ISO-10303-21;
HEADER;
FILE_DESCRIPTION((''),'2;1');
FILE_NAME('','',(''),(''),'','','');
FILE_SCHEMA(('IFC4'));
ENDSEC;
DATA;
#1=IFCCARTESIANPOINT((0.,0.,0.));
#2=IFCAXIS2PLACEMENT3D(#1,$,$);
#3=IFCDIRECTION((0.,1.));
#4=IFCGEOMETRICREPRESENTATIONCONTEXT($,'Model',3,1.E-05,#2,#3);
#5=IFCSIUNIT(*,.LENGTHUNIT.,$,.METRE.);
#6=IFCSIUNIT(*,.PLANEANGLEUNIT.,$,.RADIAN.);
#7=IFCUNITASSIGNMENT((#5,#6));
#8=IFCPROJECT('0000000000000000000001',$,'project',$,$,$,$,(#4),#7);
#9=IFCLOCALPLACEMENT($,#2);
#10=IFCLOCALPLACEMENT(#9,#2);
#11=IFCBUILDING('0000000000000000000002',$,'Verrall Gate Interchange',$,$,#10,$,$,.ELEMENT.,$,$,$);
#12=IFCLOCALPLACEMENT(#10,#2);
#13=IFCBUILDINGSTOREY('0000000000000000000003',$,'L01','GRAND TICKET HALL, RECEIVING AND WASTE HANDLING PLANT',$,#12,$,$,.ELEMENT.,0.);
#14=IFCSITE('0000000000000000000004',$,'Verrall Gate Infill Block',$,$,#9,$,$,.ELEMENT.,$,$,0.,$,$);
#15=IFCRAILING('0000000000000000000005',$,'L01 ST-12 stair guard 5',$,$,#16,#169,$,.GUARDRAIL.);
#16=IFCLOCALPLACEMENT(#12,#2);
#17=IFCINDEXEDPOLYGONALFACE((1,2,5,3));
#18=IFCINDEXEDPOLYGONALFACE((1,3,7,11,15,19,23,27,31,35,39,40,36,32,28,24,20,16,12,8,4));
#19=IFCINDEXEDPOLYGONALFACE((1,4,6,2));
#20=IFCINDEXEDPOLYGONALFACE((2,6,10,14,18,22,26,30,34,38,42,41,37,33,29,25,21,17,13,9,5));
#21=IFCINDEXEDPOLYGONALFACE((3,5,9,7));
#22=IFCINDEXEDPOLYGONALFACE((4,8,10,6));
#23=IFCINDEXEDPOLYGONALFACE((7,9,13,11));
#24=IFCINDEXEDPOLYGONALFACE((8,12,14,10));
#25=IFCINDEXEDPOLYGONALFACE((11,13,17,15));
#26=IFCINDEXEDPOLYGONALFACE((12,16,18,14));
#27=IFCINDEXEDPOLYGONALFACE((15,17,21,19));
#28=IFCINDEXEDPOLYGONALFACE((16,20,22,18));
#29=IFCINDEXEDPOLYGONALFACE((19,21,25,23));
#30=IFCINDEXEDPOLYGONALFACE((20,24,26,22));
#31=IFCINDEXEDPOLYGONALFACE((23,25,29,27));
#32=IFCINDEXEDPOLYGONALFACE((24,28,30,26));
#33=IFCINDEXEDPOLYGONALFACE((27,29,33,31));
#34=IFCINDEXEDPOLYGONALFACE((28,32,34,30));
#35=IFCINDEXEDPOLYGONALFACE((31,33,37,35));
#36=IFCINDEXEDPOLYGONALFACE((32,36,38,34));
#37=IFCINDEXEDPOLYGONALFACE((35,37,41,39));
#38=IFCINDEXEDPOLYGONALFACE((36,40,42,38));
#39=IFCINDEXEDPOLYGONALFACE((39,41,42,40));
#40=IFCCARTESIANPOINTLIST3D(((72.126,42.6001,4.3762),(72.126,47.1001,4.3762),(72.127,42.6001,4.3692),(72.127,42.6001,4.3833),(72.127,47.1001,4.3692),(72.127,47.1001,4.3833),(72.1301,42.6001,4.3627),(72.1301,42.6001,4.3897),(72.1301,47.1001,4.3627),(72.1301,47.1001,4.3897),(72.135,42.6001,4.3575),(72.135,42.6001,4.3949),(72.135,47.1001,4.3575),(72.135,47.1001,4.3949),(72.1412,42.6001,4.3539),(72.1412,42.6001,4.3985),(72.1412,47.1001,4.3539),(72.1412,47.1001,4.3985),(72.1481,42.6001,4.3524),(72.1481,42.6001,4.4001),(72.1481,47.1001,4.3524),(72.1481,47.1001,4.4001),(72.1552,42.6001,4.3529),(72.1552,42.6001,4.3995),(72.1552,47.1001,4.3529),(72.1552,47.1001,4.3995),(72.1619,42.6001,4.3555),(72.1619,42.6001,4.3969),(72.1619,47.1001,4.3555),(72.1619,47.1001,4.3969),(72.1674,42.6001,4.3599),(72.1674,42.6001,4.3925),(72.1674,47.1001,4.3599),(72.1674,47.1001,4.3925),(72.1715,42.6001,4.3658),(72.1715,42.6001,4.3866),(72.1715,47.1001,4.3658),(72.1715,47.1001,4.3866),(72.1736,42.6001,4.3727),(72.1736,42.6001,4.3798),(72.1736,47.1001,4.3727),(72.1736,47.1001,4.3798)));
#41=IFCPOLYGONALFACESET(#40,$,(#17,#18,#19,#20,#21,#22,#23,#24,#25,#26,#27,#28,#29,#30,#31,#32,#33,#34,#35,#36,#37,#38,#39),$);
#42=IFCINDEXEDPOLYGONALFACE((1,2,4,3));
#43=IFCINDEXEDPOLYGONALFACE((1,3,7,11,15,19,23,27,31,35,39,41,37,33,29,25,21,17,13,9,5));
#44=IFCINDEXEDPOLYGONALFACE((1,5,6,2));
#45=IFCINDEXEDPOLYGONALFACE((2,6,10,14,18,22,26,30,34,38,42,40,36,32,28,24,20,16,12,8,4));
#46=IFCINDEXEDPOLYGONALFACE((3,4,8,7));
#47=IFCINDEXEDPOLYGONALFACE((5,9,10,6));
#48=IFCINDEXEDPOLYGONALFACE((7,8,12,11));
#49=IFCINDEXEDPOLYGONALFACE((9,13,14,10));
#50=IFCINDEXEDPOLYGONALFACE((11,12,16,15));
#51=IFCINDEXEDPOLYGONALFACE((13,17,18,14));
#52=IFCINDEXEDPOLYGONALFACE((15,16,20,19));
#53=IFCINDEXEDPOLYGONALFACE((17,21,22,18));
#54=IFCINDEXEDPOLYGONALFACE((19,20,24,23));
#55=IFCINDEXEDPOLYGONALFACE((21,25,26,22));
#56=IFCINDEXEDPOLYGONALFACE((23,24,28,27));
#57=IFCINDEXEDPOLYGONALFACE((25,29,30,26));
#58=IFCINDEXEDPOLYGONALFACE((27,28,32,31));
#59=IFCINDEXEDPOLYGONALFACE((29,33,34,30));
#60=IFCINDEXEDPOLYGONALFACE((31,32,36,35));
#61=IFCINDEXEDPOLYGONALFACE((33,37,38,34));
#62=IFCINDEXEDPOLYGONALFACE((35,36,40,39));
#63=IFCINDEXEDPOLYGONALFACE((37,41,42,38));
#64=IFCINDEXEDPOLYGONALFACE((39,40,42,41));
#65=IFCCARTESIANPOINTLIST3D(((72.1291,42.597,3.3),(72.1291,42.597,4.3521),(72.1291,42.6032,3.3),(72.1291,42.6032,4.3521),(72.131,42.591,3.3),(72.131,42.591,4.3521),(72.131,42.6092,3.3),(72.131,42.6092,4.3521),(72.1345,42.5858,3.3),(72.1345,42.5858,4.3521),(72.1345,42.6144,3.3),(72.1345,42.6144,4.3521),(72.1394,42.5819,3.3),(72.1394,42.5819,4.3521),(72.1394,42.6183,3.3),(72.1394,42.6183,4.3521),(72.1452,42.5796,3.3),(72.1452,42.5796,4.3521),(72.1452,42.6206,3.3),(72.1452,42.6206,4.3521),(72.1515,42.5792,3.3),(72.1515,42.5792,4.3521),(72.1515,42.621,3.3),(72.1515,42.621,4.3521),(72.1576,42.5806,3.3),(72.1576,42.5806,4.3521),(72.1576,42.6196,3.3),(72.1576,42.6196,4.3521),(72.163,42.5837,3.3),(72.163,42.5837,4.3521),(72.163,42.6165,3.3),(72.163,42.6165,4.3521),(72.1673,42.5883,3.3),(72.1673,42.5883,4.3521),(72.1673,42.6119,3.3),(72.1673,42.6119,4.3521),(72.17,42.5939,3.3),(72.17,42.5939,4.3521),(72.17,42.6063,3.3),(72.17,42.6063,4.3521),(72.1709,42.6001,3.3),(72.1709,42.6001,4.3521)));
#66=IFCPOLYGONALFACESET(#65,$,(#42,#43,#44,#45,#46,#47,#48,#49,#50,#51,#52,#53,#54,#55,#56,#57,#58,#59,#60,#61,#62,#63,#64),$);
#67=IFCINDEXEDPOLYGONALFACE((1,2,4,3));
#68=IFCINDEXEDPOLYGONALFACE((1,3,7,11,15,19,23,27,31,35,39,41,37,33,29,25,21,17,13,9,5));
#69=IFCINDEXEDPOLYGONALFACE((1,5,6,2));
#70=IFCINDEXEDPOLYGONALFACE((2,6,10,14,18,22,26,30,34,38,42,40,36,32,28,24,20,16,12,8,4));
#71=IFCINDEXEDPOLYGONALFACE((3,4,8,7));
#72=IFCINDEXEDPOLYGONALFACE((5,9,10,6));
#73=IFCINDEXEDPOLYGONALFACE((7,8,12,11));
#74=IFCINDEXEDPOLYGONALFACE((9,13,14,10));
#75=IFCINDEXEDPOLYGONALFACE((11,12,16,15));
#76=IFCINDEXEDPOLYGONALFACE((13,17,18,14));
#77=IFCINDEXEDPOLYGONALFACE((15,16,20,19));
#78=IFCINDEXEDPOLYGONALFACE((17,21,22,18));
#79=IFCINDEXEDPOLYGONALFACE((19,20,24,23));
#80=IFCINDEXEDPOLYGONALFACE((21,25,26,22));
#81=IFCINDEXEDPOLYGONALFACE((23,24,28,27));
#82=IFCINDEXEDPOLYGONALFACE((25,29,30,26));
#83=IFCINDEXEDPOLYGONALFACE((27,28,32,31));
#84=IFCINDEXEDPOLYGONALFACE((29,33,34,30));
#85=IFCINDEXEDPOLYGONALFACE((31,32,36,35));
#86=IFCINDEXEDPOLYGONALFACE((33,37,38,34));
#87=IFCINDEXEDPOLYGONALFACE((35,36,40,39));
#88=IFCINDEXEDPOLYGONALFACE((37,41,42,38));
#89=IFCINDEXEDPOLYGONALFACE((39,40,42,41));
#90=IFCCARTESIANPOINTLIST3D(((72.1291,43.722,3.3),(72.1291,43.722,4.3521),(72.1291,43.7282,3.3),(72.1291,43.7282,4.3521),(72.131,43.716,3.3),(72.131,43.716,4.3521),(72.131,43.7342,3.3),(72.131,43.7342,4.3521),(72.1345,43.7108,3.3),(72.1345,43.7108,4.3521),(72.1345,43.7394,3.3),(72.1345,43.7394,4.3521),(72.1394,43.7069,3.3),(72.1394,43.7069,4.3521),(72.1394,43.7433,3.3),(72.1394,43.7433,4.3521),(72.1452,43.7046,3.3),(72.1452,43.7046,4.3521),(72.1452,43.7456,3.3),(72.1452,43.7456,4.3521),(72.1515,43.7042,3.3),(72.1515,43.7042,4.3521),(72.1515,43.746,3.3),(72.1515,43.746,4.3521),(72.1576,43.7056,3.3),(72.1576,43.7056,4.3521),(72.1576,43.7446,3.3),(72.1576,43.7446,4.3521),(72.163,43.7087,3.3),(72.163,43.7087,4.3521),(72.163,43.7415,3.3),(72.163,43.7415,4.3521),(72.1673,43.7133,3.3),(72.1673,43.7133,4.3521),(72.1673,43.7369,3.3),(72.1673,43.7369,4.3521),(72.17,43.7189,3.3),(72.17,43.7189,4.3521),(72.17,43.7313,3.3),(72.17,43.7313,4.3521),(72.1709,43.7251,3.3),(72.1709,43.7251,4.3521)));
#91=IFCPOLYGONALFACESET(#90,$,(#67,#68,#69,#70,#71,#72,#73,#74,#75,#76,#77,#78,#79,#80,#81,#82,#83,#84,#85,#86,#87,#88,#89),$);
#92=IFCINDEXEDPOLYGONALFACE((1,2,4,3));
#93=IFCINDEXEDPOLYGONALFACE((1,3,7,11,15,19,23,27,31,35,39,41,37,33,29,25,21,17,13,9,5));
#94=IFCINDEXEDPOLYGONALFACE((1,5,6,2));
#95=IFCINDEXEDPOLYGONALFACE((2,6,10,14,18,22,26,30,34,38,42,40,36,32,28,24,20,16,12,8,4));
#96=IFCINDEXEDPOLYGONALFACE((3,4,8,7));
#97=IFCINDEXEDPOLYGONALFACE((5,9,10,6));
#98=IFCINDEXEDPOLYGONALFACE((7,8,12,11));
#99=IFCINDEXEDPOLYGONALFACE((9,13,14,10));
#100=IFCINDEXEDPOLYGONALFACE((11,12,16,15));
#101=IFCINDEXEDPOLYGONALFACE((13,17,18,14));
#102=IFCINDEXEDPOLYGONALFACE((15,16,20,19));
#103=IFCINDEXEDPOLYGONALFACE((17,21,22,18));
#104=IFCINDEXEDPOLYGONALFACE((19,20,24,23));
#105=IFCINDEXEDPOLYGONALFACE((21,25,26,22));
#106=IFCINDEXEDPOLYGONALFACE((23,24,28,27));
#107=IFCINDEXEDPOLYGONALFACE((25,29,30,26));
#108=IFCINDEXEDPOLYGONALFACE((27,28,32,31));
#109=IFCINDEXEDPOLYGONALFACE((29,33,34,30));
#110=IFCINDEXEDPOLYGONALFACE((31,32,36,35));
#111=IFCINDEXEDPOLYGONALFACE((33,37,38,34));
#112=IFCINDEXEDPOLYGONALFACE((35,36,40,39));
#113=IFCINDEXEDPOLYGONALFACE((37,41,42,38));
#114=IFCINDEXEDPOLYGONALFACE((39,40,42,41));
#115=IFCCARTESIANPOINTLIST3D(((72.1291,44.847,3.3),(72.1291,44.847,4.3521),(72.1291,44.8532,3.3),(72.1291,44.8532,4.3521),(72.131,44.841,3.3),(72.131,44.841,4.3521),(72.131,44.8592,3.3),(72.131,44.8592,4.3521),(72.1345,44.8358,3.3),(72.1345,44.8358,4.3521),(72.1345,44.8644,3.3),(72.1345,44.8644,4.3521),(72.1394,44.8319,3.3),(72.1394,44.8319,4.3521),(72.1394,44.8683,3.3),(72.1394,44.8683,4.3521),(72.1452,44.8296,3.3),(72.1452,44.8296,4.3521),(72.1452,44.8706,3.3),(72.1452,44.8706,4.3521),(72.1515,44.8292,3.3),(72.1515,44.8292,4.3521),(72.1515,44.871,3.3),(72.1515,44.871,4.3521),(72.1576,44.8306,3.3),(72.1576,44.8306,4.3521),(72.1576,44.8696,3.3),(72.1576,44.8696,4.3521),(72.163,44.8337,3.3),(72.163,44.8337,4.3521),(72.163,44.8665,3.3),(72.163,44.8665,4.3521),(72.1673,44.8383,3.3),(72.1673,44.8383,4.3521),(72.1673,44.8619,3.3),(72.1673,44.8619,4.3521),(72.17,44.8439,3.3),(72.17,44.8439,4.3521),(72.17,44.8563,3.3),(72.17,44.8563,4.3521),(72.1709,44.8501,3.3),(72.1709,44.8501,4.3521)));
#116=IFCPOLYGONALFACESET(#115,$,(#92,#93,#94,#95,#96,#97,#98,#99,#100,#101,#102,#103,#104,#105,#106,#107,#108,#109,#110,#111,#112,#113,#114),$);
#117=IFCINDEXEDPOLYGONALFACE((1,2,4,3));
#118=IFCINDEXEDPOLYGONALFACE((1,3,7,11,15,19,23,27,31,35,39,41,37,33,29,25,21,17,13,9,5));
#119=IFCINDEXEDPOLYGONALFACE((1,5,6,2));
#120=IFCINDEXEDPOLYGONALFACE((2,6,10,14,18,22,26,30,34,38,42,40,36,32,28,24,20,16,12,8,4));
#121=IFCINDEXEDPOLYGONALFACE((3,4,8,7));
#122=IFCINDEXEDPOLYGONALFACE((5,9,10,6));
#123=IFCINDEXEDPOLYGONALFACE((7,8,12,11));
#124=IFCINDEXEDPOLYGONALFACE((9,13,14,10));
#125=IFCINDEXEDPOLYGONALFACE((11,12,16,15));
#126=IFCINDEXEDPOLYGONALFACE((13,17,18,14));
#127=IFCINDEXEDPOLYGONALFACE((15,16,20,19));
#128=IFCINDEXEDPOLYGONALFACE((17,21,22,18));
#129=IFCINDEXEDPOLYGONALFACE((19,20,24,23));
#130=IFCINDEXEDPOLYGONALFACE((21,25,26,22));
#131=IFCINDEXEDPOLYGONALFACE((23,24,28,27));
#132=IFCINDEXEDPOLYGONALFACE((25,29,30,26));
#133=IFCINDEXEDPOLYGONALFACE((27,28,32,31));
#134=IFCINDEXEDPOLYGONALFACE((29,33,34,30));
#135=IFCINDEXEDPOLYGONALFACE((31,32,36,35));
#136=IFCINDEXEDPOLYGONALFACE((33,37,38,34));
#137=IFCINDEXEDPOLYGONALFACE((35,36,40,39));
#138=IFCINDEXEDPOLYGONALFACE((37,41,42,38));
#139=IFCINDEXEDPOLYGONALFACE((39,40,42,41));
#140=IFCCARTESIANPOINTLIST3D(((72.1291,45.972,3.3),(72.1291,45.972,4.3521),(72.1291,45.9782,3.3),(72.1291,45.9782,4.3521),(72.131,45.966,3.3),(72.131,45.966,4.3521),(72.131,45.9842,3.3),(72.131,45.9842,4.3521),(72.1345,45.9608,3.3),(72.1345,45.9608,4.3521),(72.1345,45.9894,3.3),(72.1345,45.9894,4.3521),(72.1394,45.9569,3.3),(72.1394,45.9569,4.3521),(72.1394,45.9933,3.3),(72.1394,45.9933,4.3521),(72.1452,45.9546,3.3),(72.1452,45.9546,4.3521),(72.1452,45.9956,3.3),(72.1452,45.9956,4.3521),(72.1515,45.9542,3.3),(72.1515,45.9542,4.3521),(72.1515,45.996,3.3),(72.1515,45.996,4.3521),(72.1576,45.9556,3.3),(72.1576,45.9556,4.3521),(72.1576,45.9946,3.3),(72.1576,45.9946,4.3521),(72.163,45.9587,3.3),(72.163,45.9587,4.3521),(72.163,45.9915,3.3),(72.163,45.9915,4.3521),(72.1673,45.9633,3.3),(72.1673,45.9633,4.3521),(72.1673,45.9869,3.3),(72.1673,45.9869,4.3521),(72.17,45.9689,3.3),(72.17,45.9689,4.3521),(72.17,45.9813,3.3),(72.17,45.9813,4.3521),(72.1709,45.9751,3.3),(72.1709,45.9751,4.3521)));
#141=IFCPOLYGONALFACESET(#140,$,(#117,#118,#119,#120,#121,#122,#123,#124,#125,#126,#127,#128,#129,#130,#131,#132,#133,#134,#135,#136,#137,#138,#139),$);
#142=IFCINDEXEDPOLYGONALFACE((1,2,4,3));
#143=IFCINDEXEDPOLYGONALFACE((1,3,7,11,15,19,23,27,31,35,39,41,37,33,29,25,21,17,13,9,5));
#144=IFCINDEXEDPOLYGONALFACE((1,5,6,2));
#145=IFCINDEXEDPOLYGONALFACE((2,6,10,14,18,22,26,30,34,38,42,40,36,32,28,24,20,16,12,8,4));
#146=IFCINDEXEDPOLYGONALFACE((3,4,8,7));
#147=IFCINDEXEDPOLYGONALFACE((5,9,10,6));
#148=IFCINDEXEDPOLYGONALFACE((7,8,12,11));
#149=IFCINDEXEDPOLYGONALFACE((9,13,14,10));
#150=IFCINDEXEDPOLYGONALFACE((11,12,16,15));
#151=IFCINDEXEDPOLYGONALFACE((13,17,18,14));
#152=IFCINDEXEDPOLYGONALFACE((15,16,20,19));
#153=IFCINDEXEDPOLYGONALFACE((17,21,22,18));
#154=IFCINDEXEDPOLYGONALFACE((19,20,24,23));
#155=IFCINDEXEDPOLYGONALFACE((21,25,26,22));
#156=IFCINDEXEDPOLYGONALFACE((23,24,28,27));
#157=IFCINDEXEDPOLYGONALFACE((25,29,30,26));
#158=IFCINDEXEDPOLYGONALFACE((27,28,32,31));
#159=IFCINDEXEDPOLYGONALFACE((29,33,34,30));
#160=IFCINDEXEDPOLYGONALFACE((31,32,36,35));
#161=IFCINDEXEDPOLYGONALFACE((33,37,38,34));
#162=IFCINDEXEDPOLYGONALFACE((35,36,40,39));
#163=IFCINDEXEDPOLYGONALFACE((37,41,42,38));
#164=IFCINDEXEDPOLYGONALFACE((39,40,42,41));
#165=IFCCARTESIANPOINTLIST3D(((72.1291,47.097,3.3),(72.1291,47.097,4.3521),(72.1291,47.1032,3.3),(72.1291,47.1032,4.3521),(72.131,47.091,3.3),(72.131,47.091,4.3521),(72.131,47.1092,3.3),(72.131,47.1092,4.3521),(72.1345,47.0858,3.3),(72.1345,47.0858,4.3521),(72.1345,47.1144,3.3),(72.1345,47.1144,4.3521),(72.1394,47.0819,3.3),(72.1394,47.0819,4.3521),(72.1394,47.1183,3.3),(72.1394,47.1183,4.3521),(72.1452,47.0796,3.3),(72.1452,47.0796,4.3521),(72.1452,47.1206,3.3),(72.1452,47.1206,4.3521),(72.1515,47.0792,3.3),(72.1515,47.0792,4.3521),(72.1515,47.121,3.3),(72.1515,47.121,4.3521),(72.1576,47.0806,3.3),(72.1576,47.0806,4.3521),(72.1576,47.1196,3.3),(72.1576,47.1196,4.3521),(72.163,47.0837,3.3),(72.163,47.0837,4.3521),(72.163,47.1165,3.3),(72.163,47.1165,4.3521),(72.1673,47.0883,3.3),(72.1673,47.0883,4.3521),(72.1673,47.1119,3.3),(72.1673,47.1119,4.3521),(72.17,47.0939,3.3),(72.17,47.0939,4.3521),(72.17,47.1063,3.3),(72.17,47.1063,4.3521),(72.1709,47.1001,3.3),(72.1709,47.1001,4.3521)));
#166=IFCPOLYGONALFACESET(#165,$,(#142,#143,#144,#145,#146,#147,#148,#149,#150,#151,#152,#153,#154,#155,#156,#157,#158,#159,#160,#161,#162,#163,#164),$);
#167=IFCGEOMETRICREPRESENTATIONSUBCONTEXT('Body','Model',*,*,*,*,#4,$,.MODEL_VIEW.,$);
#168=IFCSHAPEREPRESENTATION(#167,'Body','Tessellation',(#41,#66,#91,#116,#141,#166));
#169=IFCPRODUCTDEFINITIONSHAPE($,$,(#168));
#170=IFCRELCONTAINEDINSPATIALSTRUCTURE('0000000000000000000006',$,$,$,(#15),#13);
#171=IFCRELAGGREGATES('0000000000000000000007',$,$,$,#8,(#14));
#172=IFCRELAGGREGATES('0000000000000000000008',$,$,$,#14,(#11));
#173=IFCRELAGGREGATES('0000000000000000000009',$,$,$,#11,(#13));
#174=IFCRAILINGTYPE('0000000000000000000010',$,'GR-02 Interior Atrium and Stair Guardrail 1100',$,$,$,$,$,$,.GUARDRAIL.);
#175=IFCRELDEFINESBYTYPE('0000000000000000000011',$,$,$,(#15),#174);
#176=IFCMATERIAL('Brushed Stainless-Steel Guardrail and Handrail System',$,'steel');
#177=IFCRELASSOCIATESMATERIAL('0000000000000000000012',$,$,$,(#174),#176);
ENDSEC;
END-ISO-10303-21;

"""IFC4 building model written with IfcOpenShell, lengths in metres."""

from ifc_helpers import new_model, si_unit, direction, frame, origin, origin_2d, place, context, subcontext, project, spatial, circle, extrude, material, type_object, element, save


model = new_model("IFC4")

# Units and contexts
model_context = context("Model", 3, precision=1e-05, world=origin(), true_north=direction((0.0, 1.0)))
body_context = subcontext(model_context, "Body", "Model", "MODEL_VIEW")
ifc_project = project(units=[si_unit("LENGTHUNIT", "METRE"), si_unit("PLANEANGLEUNIT", "RADIAN")], contexts=[model_context])

# Site, building, storey
site_placement = place(None, origin())
site = spatial("IfcSite", under=ifc_project, at=site_placement, Name="Verrall Gate Infill Block", CompositionType="ELEMENT", RefElevation=0.0)
building_placement = place(site_placement, origin())
building = spatial("IfcBuilding", under=site, at=building_placement, Name="Verrall Gate Interchange", CompositionType="ELEMENT")
storey_placement = place(building_placement, origin())
storey = spatial("IfcBuildingStorey", under=building, at=storey_placement, Name="L01", Description="GRAND TICKET HALL, RECEIVING AND WASTE HANDLING PLANT", CompositionType="ELEMENT", Elevation=0.0)

# Railing
ifc_material_1 = material(Name="Brushed Stainless-Steel Guardrail and Handrail System", Category="steel")
railing_type_1 = type_object("IfcRailingType", Name="GR-02 Interior Atrium and Stair Guardrail 1100", PredefinedType="GUARDRAIL", material=ifc_material_1)
railing_1_placement = place(storey_placement, frame((72.1499, 42.6001, 3.3)))
element("IfcRailing", 1, at=railing_1_placement, inside=storey, type_object=railing_type_1, Name="L01 ST-12 stair guard 5", PredefinedType="GUARDRAIL", context=body_context, shape_type="SweptSolid", body=[
    extrude(circle(Radius=0.0239, at=origin_2d()), frame((0.0, 0.0, 1.0762), z_axis=(0.0, 1.0, 0.0), x_axis=(-1.0, 0.0, 0.0)), (0.0, 0.0, 1.0), 4.5),
    extrude(circle(Radius=0.021, at=origin_2d()), origin(), (0.0, 0.0, 1.0), 1.052),
    extrude(circle(Radius=0.021, at=origin_2d()), frame((0.0, 1.125, 0.0)), (0.0, 0.0, 1.0), 1.052),
    extrude(circle(Radius=0.021, at=origin_2d()), frame((0.0, 2.25, 0.0)), (0.0, 0.0, 1.0), 1.052),
    extrude(circle(Radius=0.021, at=origin_2d()), frame((0.0, 3.375, 0.0)), (0.0, 0.0, 1.0), 1.052),
    extrude(circle(Radius=0.021, at=origin_2d()), frame((0.0, 4.5, 0.0)), (0.0, 0.0, 1.0), 1.052),
])

save(model, "model.ifc")
